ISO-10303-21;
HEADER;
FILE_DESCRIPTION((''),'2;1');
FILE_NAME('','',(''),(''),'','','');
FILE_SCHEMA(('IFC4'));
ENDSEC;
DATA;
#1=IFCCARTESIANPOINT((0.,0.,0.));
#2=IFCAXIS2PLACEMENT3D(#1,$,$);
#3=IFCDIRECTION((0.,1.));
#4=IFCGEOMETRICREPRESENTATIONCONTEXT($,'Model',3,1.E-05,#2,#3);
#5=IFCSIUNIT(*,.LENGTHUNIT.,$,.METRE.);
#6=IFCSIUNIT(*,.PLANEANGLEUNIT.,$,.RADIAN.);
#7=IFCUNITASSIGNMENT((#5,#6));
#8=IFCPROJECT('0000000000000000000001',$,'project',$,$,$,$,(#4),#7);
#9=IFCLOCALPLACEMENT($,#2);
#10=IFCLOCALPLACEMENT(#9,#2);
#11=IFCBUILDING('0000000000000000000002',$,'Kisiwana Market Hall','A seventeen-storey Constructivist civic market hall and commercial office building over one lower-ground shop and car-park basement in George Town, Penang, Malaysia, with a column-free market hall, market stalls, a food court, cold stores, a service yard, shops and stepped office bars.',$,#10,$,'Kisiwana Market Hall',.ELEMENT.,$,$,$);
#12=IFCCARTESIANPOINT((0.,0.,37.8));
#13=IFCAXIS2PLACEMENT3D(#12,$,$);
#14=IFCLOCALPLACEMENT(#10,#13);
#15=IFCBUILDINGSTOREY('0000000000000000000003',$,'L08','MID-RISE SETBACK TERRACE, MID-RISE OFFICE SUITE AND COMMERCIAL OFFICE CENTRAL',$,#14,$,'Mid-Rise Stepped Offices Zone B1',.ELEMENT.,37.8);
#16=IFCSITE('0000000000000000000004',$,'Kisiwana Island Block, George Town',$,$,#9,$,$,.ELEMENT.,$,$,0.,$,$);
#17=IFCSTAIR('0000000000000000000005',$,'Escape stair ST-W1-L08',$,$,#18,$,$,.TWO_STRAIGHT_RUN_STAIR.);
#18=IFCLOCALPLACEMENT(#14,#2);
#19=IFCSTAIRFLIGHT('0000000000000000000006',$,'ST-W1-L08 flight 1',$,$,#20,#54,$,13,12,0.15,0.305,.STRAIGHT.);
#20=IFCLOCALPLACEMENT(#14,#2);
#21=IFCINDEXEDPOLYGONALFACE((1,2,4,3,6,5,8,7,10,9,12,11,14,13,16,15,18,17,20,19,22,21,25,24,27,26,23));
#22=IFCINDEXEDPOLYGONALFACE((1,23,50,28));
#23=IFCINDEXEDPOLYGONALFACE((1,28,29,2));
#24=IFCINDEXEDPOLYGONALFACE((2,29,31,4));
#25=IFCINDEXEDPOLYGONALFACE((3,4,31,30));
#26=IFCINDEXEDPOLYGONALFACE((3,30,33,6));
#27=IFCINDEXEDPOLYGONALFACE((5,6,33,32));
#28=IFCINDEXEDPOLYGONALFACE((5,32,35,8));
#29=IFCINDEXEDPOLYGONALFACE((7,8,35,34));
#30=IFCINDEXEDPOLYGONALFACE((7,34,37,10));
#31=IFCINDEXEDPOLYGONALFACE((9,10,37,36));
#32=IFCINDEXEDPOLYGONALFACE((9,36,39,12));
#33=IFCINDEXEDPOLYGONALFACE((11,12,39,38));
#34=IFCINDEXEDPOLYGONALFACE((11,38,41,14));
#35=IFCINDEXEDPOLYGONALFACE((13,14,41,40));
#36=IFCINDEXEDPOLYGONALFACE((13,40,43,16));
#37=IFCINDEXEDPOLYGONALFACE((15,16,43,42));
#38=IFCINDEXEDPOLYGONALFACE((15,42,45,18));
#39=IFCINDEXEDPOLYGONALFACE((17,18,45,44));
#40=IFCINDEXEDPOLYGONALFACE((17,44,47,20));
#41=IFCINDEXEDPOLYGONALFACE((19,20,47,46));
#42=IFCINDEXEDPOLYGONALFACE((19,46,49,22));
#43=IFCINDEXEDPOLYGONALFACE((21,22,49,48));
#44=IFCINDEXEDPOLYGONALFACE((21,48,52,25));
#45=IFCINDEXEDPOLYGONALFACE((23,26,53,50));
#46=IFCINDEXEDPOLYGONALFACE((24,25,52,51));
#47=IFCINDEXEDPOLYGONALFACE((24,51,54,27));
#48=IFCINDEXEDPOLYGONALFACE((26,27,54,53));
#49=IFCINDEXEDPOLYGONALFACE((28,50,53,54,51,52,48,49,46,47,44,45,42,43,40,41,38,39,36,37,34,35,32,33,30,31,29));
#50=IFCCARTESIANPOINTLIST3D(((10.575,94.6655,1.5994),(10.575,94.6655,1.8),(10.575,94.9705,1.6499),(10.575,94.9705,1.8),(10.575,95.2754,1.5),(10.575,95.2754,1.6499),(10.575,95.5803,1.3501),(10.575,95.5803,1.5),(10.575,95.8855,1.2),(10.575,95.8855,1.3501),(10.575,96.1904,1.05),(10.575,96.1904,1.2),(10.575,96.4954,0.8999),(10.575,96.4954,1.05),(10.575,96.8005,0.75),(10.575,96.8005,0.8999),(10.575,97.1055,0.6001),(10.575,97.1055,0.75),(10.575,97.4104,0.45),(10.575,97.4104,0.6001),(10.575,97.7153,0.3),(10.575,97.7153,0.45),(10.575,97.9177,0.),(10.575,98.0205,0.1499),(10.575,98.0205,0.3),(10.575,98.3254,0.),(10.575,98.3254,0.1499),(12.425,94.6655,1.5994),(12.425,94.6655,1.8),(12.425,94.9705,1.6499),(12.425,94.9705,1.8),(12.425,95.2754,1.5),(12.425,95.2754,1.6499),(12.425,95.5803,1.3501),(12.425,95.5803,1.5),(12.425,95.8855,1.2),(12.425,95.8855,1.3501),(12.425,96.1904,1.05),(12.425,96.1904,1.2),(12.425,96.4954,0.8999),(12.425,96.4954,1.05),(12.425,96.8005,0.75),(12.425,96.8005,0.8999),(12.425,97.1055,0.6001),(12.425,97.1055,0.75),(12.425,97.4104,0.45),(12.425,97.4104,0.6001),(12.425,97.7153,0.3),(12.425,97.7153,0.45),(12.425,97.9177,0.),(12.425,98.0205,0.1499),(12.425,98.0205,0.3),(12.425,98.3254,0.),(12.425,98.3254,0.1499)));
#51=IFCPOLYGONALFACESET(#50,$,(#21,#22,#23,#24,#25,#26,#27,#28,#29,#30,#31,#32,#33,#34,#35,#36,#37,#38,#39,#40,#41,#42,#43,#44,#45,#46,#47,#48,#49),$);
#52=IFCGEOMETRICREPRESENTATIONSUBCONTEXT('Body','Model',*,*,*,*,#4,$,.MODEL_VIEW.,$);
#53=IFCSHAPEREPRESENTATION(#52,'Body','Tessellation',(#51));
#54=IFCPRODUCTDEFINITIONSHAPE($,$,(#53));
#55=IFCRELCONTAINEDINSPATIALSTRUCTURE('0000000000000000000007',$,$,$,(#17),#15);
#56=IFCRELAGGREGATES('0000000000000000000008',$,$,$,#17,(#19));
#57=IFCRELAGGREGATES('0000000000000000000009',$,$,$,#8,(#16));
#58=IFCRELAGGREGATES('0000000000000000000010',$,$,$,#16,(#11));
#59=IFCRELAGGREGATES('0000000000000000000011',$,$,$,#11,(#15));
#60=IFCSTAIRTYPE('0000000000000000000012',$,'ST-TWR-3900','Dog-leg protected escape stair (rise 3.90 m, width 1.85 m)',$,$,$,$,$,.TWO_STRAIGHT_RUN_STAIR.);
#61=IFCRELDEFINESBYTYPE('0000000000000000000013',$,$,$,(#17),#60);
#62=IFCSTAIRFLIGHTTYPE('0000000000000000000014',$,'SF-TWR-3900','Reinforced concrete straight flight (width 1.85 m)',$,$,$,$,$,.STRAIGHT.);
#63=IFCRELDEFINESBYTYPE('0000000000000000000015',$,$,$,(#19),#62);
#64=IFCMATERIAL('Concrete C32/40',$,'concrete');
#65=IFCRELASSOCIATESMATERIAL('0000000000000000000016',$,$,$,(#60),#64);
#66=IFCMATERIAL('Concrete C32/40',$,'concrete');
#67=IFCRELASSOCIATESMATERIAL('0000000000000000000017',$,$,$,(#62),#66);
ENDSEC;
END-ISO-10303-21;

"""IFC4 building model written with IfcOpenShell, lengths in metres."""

from ifc_helpers import new_model, si_unit, direction, frame, origin, place, context, subcontext, project, spatial, polyline, outline, extrude, material, type_object, element, aggregate, save


model = new_model("IFC4")

# Units and contexts
model_context = context("Model", 3, precision=1e-05, world=origin(), true_north=direction((0.0, 1.0)))
body_context = subcontext(model_context, "Body", "Model", "MODEL_VIEW")
ifc_project = project(units=[si_unit("LENGTHUNIT", "METRE"), si_unit("PLANEANGLEUNIT", "RADIAN")], contexts=[model_context])

# Site, building, storey
site_placement = place(None, origin())
site = spatial("IfcSite", under=ifc_project, at=site_placement, Name="Kisiwana Island Block, George Town", CompositionType="ELEMENT", RefElevation=0.0)
building_placement = place(site_placement, origin())
building = spatial("IfcBuilding", under=site, at=building_placement, Name="Kisiwana Market Hall", Description="A seventeen-storey Constructivist civic market hall and commercial office building over one lower-ground shop and car-park basement in George Town, Penang, Malaysia, with a column-free market hall, market stalls, a food court, cold stores, a service yard, shops and stepped office bars.", LongName="Kisiwana Market Hall", CompositionType="ELEMENT")
storey_placement = place(building_placement, frame((0.0, 0.0, 37.8)))
storey = spatial("IfcBuildingStorey", under=building, at=storey_placement, Name="L08", Description="MID-RISE SETBACK TERRACE, MID-RISE OFFICE SUITE AND COMMERCIAL OFFICE CENTRAL", LongName="Mid-Rise Stepped Offices Zone B1", CompositionType="ELEMENT", Elevation=37.8)

# Stair, stair flight
ifc_material_1 = material(Name="Concrete C32/40", Category="concrete")
stair_type = type_object("IfcStairType", Name="ST-TWR-3900", Description="Dog-leg protected escape stair (rise 3.90 m, width 1.85 m)", PredefinedType="TWO_STRAIGHT_RUN_STAIR", material=ifc_material_1)
stair_placement = place(storey_placement, origin())
stair = element("IfcStair", 1, at=stair_placement, inside=storey, type_object=stair_type, Name="Escape stair ST-W1-L08", PredefinedType="TWO_STRAIGHT_RUN_STAIR")
ifc_material_2 = material(Name="Concrete C32/40", Category="concrete")
stair_flight_type = type_object("IfcStairFlightType", Name="SF-TWR-3900", Description="Reinforced concrete straight flight (width 1.85 m)", PredefinedType="STRAIGHT", material=ifc_material_2)
stair_flight_placement = place(storey_placement, frame((11.5, 98.3254, 0.0), z_axis=(0.0, 0.0, 1.0), x_axis=(0.0, -1.0, 0.0)))
stair_flight = element("IfcStairFlight", 2, at=stair_flight_placement, type_object=stair_flight_type, Name="ST-W1-L08 flight 1", NumberOfRisers=13, NumberOfTreads=12, PredefinedType="STRAIGHT", RiserHeight=0.15, TreadLength=0.305, context=body_context, shape_type="SweptSolid", body=[
    extrude(outline(polyline([(0.0, 0.0), (0.0, 0.1499), (0.3049, 0.1499), (0.3049, 0.3), (0.6101, 0.3), (0.6101, 0.45), (0.915, 0.45), (0.915, 0.6001), (1.22, 0.6001), (1.22, 0.75), (1.5249, 0.75), (1.5249, 0.8999), (1.8301, 0.8999), (1.8301, 1.05), (2.135, 1.05), (2.135, 1.2), (2.4399, 1.2), (2.4399, 1.3501), (2.7451, 1.3501), (2.7451, 1.5), (3.05, 1.5), (3.05, 1.6499), (3.355, 1.6499), (3.355, 1.8), (3.6599, 1.8), (3.6599, 1.95), (3.6599, 1.5994), (0.4077, 0.0), (0.0, 0.0)])), frame((0.0, 0.925, 0.0), z_axis=(0.0, -1.0, 0.0), x_axis=(1.0, 0.0, 0.0)), (0.0, 0.0, 1.0), 1.8501),
])
aggregate(stair, [stair_flight])

save(model, "model.ifc")
